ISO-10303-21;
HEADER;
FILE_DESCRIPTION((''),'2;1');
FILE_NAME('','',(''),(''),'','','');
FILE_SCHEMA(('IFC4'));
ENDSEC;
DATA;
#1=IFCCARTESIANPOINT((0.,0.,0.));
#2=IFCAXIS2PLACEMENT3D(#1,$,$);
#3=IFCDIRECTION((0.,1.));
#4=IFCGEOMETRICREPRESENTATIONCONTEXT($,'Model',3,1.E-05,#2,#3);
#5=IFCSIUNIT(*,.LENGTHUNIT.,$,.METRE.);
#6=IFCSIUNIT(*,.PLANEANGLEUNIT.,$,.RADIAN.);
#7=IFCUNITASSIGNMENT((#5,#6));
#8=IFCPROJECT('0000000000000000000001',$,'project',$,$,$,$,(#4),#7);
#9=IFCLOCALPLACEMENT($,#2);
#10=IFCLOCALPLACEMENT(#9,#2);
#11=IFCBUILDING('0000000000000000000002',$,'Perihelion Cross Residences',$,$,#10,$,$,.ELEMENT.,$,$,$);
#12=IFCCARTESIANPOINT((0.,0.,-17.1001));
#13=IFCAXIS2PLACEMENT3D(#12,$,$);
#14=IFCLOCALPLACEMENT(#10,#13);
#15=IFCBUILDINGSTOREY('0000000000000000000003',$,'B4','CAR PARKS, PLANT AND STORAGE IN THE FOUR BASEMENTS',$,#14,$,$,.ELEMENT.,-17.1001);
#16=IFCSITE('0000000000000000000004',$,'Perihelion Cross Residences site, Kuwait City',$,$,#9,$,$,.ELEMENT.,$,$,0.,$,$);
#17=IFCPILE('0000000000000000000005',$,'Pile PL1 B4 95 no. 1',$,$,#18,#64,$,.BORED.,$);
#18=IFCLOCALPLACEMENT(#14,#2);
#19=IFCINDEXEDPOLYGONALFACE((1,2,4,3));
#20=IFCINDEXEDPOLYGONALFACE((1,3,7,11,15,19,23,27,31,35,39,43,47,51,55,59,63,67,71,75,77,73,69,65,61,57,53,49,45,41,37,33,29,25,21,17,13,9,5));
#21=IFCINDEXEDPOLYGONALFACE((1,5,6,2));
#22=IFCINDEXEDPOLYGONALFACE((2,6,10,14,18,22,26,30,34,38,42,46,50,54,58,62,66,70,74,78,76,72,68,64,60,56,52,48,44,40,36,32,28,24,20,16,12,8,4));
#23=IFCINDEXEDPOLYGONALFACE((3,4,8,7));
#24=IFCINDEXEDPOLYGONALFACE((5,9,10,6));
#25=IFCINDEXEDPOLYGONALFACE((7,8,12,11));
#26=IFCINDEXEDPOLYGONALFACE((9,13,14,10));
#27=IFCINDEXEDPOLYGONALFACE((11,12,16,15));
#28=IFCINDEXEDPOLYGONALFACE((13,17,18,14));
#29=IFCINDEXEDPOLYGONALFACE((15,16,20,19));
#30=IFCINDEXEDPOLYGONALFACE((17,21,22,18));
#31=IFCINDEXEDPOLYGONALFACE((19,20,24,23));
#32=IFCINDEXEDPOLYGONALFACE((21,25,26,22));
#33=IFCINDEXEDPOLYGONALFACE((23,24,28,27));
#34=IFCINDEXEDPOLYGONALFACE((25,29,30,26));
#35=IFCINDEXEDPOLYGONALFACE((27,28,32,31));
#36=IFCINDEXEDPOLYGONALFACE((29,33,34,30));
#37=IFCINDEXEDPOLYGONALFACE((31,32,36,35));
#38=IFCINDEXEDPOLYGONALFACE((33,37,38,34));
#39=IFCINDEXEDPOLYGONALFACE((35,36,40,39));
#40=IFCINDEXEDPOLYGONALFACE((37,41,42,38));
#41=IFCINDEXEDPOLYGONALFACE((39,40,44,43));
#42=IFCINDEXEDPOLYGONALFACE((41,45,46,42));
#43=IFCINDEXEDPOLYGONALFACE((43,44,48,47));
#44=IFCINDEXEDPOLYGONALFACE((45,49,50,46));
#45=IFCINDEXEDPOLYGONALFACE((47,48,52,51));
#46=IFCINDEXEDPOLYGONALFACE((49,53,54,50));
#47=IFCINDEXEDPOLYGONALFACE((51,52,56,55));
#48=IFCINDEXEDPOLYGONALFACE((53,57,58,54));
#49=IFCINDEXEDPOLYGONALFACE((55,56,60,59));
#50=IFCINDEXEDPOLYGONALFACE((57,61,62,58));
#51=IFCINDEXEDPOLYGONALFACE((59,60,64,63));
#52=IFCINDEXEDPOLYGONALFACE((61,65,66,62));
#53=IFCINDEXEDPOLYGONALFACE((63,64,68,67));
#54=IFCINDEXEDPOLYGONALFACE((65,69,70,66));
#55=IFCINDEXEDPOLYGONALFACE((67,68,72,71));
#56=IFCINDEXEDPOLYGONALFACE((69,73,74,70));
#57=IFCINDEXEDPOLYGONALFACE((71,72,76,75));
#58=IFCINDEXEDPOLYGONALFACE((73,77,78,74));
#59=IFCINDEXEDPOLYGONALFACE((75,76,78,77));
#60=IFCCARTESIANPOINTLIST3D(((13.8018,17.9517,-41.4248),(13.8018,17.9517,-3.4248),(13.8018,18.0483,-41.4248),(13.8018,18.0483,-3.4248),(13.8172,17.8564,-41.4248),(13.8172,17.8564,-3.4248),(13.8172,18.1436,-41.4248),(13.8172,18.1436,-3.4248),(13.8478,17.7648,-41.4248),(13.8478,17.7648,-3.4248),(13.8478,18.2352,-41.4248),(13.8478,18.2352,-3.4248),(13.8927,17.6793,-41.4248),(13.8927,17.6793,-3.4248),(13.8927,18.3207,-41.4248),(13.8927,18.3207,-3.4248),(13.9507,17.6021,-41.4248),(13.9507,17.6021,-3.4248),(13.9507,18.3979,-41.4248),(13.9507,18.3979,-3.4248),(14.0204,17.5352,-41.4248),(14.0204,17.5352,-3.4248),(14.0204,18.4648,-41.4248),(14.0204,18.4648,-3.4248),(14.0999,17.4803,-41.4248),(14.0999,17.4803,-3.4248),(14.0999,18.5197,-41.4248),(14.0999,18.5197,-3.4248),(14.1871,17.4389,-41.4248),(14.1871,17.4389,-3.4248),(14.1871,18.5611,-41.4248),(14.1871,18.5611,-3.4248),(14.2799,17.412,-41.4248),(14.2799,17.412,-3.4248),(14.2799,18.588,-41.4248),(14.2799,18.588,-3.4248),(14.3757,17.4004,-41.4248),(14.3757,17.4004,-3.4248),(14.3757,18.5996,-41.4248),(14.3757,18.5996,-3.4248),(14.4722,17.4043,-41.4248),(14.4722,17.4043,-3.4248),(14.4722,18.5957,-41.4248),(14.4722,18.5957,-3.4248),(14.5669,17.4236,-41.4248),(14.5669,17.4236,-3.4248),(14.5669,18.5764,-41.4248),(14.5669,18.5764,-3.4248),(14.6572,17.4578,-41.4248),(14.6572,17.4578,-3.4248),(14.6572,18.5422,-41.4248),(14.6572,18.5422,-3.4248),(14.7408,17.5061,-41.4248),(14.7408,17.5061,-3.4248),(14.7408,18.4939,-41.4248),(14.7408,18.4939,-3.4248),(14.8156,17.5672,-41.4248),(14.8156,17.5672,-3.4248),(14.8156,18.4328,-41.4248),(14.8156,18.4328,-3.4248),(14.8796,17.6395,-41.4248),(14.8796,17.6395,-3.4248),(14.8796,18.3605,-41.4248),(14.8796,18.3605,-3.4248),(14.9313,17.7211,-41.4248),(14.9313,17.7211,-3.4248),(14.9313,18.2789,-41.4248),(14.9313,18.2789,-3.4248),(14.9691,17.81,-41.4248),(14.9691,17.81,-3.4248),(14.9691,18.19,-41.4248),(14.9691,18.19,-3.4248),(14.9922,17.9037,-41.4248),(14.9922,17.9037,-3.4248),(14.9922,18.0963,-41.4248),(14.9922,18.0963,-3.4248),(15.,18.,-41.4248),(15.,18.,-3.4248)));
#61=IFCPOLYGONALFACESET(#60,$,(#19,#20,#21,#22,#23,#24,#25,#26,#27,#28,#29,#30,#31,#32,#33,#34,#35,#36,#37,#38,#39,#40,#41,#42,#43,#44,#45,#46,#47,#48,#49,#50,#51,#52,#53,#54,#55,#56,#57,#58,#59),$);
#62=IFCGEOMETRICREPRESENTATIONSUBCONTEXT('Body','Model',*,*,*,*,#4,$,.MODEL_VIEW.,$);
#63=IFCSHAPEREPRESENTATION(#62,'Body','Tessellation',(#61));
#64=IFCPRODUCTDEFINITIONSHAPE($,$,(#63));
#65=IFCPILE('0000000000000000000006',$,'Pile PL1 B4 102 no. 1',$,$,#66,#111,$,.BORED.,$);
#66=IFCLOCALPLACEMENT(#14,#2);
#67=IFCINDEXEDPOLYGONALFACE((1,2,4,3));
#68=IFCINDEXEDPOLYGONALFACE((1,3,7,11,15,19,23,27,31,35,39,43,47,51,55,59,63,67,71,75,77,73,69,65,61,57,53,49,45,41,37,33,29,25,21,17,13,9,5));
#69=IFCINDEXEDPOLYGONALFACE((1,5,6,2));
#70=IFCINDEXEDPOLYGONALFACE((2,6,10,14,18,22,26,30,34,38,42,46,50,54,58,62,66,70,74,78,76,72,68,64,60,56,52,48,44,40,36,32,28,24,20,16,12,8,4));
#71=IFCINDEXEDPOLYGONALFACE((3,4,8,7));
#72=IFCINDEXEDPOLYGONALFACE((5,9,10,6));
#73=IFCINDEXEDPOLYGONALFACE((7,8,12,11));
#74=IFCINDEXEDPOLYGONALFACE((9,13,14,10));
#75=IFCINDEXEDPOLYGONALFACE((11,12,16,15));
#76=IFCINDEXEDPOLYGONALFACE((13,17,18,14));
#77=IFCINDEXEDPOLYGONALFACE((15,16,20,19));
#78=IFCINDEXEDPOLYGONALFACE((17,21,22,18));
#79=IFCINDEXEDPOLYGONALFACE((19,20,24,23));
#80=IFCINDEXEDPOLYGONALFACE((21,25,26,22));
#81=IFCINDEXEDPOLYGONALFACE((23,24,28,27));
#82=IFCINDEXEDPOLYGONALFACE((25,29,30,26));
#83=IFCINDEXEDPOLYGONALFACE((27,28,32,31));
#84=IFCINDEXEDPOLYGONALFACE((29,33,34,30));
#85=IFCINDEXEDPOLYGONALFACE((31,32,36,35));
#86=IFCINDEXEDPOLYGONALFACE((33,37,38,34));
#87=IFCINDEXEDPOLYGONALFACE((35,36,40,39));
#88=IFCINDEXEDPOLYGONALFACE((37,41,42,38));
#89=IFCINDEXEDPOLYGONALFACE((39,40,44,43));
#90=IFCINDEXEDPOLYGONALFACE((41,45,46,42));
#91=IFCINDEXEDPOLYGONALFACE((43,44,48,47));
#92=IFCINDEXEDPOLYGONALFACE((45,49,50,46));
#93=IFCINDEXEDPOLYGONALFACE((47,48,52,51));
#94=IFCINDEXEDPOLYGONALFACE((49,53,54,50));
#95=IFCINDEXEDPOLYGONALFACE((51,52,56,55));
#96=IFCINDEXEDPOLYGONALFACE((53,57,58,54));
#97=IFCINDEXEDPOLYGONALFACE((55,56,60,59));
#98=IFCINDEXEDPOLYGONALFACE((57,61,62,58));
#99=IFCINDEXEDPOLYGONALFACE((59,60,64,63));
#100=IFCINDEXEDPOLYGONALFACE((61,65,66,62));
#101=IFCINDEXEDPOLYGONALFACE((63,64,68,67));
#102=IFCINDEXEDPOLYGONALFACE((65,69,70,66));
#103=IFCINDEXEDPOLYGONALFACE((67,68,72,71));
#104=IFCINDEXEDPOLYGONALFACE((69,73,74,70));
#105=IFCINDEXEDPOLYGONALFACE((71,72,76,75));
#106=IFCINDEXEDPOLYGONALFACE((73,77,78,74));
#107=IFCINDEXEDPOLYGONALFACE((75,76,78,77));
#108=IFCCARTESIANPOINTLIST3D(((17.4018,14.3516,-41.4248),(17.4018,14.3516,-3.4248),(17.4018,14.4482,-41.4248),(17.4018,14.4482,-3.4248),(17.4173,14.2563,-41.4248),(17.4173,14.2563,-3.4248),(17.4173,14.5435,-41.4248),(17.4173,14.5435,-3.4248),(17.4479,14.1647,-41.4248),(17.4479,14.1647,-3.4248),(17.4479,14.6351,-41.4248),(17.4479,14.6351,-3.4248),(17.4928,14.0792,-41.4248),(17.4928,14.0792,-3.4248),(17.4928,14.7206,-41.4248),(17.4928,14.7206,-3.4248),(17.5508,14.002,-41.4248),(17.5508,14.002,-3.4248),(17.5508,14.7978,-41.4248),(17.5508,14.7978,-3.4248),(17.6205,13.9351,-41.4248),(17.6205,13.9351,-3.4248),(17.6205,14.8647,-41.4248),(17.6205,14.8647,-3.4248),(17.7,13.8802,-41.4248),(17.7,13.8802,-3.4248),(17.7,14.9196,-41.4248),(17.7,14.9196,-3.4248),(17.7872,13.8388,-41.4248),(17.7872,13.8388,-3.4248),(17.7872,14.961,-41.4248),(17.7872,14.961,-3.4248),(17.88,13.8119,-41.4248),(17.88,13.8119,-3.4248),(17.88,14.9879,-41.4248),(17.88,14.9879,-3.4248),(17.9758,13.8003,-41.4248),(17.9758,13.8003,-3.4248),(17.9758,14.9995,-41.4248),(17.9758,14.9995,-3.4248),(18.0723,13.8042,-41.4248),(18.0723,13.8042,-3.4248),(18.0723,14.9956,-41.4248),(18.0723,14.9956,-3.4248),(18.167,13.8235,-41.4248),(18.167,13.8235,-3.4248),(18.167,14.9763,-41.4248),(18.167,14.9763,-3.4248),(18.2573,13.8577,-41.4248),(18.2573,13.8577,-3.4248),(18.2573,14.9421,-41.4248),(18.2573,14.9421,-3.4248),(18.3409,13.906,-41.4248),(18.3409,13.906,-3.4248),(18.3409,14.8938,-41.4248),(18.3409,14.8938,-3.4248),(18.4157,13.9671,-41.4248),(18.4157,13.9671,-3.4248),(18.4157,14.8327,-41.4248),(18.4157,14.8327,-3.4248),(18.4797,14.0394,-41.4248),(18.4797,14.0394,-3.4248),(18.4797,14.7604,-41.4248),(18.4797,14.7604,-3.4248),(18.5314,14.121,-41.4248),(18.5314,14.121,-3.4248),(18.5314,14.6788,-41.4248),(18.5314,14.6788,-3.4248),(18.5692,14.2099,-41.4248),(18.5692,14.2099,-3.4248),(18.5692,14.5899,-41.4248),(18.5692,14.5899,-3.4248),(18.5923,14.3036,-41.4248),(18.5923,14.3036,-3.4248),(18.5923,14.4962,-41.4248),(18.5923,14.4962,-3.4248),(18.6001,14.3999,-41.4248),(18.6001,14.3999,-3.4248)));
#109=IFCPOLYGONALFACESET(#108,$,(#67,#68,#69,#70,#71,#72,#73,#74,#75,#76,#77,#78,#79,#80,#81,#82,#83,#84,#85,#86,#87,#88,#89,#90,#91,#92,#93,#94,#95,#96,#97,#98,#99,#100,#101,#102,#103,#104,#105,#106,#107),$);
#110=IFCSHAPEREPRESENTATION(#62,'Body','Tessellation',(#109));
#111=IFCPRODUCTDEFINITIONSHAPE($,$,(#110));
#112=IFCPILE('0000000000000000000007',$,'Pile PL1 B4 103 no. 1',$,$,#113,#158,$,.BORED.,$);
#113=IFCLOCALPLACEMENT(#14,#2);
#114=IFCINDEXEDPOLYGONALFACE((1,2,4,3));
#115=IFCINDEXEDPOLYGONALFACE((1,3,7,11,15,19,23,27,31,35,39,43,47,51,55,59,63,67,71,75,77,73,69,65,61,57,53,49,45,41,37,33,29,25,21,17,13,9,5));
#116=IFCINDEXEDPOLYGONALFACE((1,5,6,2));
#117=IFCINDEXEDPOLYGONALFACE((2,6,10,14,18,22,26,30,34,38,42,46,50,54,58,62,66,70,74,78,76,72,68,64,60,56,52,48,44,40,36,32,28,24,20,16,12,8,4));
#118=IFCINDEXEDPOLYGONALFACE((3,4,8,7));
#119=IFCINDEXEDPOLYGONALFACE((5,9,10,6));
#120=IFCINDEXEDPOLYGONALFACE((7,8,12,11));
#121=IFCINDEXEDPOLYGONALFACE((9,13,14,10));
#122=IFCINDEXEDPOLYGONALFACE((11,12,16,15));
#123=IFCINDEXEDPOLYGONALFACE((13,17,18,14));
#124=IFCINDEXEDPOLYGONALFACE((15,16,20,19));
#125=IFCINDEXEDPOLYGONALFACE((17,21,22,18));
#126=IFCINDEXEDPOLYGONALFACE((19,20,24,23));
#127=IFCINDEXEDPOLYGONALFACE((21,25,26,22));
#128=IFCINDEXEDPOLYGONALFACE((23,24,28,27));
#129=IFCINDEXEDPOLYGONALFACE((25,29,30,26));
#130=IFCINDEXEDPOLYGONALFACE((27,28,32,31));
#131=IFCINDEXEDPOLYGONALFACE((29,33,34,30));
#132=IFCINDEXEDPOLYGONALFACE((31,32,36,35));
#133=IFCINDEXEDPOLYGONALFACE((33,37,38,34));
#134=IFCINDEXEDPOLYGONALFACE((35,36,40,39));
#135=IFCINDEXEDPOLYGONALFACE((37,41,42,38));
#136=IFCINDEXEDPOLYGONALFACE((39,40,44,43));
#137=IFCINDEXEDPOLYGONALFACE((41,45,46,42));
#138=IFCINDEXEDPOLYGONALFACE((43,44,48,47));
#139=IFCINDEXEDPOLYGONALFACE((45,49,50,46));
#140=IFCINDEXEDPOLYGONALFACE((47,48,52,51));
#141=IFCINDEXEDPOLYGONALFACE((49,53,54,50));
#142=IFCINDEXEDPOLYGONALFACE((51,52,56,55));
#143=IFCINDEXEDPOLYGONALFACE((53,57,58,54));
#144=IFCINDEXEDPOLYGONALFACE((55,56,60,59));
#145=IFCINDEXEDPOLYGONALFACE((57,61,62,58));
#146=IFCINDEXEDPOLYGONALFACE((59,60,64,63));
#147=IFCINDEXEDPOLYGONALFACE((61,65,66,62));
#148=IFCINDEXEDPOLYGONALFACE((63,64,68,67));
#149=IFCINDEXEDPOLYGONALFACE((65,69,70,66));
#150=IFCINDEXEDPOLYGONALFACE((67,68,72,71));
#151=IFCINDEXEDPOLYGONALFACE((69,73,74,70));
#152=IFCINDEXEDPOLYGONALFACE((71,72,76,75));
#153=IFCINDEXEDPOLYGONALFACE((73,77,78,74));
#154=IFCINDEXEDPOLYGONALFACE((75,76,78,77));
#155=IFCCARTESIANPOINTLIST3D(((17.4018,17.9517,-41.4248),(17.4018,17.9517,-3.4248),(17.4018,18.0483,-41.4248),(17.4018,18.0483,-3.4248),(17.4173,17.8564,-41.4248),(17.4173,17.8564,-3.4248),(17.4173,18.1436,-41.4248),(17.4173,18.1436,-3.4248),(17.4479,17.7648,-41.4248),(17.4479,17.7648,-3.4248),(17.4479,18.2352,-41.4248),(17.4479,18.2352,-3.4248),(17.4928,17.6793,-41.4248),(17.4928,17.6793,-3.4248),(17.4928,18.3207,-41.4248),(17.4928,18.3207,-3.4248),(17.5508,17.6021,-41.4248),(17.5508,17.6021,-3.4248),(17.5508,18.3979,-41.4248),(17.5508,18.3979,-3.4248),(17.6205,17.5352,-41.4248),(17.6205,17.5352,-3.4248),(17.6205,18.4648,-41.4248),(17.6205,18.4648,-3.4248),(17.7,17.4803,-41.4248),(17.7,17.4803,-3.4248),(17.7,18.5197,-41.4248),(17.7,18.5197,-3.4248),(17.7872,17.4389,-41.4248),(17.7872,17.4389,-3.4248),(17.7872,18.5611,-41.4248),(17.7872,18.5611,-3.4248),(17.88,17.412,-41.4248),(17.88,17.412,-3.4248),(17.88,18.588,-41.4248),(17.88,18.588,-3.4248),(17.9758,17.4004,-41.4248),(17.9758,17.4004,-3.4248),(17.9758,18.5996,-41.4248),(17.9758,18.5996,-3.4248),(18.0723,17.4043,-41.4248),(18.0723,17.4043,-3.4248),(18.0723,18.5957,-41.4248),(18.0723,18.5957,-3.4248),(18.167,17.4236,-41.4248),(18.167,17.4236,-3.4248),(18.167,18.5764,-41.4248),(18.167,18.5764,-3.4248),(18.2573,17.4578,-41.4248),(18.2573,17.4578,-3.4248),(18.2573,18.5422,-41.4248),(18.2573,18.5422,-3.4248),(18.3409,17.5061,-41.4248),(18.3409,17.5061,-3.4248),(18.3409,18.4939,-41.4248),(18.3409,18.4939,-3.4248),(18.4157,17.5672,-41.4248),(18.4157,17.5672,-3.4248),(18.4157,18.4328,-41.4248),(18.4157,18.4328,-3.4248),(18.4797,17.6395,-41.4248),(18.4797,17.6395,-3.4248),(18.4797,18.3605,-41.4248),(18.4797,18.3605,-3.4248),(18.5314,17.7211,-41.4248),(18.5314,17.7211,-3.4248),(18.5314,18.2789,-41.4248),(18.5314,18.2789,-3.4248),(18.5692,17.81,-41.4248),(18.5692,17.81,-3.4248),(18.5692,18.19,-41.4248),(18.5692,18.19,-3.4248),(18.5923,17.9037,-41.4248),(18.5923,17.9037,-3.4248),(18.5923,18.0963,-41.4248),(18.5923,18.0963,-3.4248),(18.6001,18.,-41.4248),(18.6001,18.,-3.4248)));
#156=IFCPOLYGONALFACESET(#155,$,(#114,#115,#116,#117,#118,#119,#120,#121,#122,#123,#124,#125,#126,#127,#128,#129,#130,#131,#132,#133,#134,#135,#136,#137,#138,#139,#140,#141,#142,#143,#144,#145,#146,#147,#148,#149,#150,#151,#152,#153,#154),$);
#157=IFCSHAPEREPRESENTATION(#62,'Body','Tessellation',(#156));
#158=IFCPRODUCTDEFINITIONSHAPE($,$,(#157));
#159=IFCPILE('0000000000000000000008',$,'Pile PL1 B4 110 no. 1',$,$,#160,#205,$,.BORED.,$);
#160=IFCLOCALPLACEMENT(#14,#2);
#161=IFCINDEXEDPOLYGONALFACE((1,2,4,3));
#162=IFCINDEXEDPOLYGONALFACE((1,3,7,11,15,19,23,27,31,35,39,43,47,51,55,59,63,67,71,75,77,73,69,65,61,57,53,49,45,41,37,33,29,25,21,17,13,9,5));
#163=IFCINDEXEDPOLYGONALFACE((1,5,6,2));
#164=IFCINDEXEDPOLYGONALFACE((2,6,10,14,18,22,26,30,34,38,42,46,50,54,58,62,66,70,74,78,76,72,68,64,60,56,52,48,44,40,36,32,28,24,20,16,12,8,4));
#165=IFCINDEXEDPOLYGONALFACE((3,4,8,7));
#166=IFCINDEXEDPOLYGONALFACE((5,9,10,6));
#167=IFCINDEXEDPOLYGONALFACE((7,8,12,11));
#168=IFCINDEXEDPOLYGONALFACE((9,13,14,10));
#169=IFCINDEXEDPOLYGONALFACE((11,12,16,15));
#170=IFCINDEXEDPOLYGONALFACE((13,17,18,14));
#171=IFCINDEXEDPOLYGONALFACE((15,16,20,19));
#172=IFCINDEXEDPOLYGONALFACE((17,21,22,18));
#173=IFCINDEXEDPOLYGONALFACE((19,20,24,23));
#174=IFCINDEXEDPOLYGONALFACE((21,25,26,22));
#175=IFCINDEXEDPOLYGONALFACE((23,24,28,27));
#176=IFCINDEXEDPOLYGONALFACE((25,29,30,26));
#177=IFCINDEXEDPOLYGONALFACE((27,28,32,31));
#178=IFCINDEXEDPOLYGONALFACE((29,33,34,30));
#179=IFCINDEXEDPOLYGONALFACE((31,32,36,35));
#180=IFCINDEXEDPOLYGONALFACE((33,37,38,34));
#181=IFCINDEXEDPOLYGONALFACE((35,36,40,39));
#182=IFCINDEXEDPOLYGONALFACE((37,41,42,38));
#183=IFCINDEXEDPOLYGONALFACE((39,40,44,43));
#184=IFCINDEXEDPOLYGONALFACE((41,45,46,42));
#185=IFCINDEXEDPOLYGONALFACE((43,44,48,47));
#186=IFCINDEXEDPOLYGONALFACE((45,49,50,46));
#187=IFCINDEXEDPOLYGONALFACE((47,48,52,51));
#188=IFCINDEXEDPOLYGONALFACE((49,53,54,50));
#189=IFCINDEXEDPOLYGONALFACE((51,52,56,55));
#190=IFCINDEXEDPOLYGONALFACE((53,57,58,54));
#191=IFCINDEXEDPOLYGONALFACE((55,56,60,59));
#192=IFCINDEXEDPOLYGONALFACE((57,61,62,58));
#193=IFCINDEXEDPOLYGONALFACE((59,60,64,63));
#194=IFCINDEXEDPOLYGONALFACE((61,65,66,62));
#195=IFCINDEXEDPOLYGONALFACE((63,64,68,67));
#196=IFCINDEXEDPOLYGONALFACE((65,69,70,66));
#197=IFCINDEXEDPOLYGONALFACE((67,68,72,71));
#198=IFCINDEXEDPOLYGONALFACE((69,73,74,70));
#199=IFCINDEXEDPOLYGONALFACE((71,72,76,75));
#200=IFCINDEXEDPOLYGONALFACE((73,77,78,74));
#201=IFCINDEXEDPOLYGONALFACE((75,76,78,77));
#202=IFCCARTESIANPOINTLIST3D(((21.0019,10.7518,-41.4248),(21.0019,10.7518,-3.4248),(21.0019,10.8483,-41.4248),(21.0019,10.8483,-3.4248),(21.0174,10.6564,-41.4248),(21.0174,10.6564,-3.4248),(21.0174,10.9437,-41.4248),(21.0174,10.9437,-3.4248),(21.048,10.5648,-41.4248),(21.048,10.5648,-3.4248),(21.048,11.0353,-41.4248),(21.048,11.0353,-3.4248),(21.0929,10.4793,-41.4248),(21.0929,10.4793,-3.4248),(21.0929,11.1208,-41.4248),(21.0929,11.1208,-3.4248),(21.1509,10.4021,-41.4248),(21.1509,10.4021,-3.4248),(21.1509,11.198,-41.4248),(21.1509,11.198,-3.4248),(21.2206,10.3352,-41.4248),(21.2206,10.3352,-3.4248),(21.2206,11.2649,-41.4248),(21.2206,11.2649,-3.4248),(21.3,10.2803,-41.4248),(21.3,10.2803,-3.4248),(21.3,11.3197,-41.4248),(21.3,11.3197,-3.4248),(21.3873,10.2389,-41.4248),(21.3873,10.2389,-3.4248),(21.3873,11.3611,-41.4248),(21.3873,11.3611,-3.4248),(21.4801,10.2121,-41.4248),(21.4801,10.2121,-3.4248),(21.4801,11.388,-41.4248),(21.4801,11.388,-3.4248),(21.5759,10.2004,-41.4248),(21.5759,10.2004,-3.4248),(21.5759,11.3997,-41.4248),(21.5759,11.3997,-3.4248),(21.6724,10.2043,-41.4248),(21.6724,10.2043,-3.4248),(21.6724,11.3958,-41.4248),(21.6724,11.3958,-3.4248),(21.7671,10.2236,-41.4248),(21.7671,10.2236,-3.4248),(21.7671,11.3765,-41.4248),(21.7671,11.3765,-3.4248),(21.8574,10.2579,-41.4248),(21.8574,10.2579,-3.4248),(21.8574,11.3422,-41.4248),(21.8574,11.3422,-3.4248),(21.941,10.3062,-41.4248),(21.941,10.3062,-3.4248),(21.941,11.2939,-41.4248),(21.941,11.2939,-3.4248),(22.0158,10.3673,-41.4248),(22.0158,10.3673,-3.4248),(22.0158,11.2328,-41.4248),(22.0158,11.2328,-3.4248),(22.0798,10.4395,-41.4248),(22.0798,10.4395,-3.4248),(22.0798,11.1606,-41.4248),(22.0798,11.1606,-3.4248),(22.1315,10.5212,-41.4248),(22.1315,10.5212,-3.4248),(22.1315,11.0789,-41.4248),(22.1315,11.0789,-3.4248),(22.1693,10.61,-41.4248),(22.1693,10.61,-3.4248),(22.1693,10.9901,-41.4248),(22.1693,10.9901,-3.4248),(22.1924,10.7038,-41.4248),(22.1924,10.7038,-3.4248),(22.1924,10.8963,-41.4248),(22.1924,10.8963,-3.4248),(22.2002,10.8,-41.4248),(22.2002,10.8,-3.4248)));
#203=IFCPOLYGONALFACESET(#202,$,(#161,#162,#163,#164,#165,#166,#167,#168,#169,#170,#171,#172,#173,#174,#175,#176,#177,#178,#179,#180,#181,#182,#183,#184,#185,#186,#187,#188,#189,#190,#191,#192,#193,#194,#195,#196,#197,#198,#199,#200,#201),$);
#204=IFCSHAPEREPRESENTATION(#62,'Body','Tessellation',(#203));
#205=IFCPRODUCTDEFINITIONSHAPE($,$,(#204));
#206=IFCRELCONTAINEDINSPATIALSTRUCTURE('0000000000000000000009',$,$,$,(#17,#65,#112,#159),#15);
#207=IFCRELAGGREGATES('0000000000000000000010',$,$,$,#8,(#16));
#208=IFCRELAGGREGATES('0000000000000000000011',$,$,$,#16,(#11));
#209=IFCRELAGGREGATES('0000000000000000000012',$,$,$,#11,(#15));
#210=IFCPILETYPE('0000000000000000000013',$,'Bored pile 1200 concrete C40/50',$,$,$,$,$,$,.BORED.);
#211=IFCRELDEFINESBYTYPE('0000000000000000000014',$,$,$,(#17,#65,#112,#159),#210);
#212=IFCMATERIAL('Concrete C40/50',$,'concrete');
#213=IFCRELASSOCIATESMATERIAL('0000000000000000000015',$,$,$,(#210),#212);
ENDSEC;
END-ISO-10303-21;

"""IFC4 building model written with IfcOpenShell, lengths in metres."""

from ifc_helpers import new_model, si_unit, direction, frame, origin, origin_2d, place, context, subcontext, project, spatial, circle, extrude, material, type_object, element, save


model = new_model("IFC4")

# Units and contexts
model_context = context("Model", 3, precision=1e-05, world=origin(), true_north=direction((0.0, 1.0)))
body_context = subcontext(model_context, "Body", "Model", "MODEL_VIEW")
ifc_project = project(units=[si_unit("LENGTHUNIT", "METRE"), si_unit("PLANEANGLEUNIT", "RADIAN")], contexts=[model_context])

# Site, building, storey
site_placement = place(None, origin())
site = spatial("IfcSite", under=ifc_project, at=site_placement, Name="Perihelion Cross Residences site, Kuwait City", CompositionType="ELEMENT", RefElevation=0.0)
building_placement = place(site_placement, origin())
building = spatial("IfcBuilding", under=site, at=building_placement, Name="Perihelion Cross Residences", CompositionType="ELEMENT")
storey_placement = place(building_placement, frame((0.0, 0.0, -17.1001)))
storey = spatial("IfcBuildingStorey", under=building, at=storey_placement, Name="B4", Description="CAR PARKS, PLANT AND STORAGE IN THE FOUR BASEMENTS", CompositionType="ELEMENT", Elevation=-17.1001)

# Piles
ifc_material_1 = material(Name="Concrete C40/50", Category="concrete")
pile_type = type_object("IfcPileType", Name="Bored pile 1200 concrete C40/50", PredefinedType="BORED", material=ifc_material_1)
for number, where, z_axis, x_axis, name in (
    (1, (14.3999, 18.0, -3.4248), (0.0, 0.0, -1.0), (1.0, 0.0, 0.0), "Pile PL1 B4 95 no. 1"),
    (2, (18.0, 14.3999, -3.4248), (0.0, 0.0, -1.0), (1.0, 0.0, 0.0), "Pile PL1 B4 102 no. 1"),
    (3, (18.0, 18.0, -3.4248), (0.0, 0.0, -1.0), (1.0, 0.0, 0.0), "Pile PL1 B4 103 no. 1"),
    (4, (21.6001, 10.8, -3.4248), (0.0, 0.0, -1.0), (1.0, 0.0, 0.0), "Pile PL1 B4 110 no. 1"),
):
    element("IfcPile", number, at=place(storey_placement, frame(where, z_axis=z_axis, x_axis=x_axis)), inside=storey, type_object=pile_type, Name=name, PredefinedType="BORED", context=body_context, shape_type="SweptSolid", body=[
        extrude(circle(Radius=0.6001, at=origin_2d()), origin(), (0.0, 0.0, 1.0), 38.0),
    ])

save(model, "model.ifc")
